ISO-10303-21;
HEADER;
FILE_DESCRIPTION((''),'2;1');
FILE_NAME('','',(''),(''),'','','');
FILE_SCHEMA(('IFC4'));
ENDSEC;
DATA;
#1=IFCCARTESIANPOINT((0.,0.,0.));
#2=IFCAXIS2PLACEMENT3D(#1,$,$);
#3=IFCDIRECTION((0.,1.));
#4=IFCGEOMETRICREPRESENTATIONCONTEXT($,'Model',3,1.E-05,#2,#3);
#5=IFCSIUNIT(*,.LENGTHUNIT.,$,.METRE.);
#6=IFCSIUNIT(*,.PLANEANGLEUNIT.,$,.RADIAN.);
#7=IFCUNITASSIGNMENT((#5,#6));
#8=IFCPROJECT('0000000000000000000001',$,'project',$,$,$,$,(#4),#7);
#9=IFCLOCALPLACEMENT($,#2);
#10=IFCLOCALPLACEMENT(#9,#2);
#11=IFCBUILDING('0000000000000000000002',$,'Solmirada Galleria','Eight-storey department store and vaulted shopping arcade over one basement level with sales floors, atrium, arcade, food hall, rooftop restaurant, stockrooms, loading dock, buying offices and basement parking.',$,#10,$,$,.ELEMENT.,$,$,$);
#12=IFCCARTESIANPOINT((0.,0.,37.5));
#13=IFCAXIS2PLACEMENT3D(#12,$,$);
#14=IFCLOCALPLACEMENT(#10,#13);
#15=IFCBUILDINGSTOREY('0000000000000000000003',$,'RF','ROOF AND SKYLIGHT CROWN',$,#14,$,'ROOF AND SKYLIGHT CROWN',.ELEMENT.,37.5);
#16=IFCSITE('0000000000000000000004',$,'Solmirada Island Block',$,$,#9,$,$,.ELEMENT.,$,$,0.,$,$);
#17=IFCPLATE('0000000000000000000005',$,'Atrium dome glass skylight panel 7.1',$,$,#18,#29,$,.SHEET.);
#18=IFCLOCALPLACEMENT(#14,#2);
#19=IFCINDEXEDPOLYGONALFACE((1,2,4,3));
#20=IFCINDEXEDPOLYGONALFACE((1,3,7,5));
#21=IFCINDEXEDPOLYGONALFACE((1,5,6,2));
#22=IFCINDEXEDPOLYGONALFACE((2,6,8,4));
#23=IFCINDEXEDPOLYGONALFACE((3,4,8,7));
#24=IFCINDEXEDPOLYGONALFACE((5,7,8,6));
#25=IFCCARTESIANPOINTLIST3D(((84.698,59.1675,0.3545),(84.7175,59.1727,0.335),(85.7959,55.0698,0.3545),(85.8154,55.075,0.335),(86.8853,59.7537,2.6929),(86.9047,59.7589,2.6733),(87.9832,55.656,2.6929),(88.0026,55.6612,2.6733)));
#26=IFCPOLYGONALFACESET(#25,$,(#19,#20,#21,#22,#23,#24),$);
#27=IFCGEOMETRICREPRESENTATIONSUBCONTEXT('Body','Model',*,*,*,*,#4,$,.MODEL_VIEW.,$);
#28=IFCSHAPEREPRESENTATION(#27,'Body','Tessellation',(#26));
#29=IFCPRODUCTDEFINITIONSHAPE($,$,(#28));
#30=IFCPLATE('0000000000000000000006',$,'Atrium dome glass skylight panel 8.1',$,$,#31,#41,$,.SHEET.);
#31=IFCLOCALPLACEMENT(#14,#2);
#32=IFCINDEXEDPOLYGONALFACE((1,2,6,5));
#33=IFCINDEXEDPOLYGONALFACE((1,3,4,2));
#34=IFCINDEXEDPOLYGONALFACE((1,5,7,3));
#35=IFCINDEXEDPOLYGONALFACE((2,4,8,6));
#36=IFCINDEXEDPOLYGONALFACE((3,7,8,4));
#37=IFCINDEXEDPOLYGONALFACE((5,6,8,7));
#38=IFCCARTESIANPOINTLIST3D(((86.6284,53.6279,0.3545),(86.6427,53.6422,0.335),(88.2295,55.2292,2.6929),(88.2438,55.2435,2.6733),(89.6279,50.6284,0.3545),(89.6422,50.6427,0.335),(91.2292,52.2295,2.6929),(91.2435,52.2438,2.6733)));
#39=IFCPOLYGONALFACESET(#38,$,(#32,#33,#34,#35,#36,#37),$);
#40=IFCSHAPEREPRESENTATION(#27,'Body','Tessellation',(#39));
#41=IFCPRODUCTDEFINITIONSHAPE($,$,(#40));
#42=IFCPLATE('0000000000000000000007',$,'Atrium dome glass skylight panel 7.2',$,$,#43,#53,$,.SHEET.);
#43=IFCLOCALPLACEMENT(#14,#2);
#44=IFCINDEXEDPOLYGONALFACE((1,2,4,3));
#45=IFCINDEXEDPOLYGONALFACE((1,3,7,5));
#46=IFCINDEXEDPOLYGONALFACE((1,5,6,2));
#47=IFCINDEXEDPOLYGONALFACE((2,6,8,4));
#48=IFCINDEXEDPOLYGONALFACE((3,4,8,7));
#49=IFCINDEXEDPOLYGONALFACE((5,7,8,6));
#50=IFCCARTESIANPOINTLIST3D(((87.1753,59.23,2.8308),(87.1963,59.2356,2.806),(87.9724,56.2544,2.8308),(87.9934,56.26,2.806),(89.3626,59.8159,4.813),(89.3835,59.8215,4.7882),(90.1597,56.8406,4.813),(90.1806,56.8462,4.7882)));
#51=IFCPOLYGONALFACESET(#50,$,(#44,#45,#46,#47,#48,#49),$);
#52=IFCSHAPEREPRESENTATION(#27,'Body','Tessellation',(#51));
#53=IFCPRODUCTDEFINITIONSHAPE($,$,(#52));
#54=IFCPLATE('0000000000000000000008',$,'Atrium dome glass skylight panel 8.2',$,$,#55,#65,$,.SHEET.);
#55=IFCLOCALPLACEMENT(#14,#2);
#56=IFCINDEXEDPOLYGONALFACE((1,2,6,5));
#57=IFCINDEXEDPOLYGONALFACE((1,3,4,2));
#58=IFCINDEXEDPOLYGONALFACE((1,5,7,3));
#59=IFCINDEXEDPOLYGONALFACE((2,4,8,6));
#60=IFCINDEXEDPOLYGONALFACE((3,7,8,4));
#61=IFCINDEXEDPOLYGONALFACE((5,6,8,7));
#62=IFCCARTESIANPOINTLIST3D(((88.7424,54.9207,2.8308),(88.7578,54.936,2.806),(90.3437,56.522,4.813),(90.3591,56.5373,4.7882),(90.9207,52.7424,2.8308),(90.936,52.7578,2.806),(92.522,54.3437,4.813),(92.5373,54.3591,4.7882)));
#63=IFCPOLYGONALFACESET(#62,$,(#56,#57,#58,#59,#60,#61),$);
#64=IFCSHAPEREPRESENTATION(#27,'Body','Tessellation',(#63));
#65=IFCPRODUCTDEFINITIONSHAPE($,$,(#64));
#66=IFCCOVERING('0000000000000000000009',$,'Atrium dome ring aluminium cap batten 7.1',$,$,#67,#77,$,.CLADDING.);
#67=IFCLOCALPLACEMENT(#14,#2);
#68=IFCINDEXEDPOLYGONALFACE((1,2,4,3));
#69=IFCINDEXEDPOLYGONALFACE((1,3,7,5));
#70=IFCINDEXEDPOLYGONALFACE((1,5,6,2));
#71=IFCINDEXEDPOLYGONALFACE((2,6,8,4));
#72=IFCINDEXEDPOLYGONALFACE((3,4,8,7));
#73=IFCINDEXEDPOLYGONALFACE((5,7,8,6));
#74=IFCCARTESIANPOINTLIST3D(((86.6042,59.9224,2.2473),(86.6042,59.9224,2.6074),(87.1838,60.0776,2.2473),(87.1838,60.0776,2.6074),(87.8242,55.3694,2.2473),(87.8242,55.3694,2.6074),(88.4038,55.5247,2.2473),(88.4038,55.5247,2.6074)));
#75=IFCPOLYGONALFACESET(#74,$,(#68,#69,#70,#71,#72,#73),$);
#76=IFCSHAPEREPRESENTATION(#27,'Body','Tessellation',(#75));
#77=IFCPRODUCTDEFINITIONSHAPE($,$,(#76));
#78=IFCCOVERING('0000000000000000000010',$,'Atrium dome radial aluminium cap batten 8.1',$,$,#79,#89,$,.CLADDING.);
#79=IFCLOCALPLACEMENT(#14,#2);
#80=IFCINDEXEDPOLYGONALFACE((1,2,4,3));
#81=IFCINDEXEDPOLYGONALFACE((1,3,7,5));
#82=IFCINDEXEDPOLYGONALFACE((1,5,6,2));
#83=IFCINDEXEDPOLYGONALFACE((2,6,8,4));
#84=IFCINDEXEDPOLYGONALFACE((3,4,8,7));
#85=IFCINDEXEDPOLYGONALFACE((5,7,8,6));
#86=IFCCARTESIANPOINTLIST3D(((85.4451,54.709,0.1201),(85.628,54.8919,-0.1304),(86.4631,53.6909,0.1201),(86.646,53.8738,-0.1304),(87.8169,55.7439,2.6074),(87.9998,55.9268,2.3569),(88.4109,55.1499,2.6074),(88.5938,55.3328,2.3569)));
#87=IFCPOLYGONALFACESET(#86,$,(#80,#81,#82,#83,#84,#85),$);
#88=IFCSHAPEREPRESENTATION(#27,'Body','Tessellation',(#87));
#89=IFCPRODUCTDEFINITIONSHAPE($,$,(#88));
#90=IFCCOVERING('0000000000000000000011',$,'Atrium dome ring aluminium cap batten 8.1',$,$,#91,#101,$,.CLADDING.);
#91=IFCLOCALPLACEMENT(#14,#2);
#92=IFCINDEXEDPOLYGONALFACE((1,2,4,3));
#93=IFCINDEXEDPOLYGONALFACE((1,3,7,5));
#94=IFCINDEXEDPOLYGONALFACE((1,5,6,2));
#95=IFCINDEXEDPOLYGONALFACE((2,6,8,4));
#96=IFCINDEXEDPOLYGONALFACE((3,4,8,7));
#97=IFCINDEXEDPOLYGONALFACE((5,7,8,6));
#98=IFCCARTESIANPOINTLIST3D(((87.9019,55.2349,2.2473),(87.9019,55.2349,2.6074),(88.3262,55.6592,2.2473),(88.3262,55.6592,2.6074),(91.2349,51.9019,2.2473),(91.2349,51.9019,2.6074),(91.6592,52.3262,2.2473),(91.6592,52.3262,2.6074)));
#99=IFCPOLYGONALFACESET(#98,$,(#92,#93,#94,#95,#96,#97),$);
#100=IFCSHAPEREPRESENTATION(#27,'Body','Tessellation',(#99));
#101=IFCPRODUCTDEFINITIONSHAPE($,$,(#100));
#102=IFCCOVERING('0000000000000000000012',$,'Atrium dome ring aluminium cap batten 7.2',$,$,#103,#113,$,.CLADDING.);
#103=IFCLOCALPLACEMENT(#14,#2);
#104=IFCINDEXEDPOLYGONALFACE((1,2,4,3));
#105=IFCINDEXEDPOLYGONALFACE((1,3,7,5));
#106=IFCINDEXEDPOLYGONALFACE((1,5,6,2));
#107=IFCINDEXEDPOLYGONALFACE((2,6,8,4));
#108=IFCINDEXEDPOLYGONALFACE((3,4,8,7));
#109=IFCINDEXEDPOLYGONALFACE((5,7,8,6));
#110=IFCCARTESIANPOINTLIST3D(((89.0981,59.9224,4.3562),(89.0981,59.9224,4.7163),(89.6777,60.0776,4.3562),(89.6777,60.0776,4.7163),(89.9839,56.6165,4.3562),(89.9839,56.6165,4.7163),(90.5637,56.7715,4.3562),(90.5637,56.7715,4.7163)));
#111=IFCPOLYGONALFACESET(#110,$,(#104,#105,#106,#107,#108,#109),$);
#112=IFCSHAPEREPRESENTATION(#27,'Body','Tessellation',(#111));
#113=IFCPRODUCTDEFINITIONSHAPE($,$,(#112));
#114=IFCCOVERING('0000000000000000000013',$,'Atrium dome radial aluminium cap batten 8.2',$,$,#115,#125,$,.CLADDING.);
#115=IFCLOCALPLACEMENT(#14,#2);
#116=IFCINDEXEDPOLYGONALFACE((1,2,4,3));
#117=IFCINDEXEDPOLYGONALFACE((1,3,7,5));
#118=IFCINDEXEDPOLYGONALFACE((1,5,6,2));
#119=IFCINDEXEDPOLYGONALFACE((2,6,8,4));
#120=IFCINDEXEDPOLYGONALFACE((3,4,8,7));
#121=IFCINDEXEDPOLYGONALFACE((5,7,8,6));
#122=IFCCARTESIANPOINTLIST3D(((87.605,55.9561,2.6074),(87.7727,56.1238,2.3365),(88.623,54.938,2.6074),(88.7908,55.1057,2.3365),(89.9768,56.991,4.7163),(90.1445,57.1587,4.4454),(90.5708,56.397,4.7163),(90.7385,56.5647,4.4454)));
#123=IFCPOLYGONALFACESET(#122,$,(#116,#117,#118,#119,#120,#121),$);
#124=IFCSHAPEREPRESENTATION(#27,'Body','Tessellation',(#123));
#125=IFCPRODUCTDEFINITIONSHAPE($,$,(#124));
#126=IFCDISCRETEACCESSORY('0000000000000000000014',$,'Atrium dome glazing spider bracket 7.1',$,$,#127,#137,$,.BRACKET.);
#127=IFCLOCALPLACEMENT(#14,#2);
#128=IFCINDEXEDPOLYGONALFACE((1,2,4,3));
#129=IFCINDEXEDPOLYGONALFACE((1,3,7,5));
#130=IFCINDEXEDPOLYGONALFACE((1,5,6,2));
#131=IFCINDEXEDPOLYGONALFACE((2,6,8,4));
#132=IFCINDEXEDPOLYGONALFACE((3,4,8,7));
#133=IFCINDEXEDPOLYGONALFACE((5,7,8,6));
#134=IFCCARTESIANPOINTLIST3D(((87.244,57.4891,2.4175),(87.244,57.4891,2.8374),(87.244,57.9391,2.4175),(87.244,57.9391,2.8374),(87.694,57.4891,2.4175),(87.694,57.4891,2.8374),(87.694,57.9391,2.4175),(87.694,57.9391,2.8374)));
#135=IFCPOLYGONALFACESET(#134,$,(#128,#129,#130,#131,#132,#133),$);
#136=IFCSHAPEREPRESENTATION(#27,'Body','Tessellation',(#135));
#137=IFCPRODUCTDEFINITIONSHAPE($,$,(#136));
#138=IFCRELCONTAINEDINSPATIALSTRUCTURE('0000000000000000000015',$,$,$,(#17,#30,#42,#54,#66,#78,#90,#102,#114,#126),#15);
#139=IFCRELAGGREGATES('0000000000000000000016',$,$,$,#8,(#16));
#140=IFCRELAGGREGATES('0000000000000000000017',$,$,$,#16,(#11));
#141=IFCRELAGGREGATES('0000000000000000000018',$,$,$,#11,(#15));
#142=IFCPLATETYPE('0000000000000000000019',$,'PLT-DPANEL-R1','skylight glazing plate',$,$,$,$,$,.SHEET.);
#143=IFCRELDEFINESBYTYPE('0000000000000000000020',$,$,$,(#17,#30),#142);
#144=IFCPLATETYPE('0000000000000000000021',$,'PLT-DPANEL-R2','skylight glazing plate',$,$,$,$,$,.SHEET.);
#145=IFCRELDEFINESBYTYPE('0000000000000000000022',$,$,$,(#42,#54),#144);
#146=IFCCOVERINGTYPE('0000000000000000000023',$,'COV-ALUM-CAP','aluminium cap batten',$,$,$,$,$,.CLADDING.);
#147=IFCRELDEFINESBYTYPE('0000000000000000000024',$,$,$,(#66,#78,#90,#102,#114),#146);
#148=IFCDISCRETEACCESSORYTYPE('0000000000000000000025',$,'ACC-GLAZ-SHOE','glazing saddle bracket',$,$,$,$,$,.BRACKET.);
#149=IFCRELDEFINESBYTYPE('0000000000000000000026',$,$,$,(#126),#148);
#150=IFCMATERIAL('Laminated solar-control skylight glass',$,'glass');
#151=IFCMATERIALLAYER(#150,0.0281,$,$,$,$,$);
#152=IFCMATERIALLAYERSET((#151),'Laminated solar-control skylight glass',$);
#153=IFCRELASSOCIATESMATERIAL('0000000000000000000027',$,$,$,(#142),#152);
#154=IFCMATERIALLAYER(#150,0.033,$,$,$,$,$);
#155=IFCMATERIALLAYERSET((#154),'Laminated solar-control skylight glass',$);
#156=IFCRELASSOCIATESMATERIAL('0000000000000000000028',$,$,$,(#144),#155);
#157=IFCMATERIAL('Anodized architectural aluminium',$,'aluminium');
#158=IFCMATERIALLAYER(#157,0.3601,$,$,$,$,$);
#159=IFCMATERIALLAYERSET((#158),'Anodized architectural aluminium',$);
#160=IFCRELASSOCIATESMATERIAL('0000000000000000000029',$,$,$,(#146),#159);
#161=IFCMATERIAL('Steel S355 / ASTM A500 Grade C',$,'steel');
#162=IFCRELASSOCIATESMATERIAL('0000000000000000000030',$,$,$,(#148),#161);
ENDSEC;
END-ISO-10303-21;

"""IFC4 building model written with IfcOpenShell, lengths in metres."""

from ifc_helpers import new_model, si_unit, direction, frame, origin, origin_2d, place, context, subcontext, project, spatial, polyline, rectangle, outline, extrude, material, layer, layer_set, type_object, element, save


model = new_model("IFC4")

# Units and contexts
model_context = context("Model", 3, precision=1e-05, world=origin(), true_north=direction((0.0, 1.0)))
body_context = subcontext(model_context, "Body", "Model", "MODEL_VIEW")
ifc_project = project(units=[si_unit("LENGTHUNIT", "METRE"), si_unit("PLANEANGLEUNIT", "RADIAN")], contexts=[model_context])

# Site, building, storey
site_placement = place(None, origin())
site = spatial("IfcSite", under=ifc_project, at=site_placement, Name="Solmirada Island Block", CompositionType="ELEMENT", RefElevation=0.0)
building_placement = place(site_placement, origin())
building = spatial("IfcBuilding", under=site, at=building_placement, Name="Solmirada Galleria", Description="Eight-storey department store and vaulted shopping arcade over one basement level with sales floors, atrium, arcade, food hall, rooftop restaurant, stockrooms, loading dock, buying offices and basement parking.", CompositionType="ELEMENT")
storey_placement = place(building_placement, frame((0.0, 0.0, 37.5)))
storey = spatial("IfcBuildingStorey", under=building, at=storey_placement, Name="RF", Description="ROOF AND SKYLIGHT CROWN", LongName="ROOF AND SKYLIGHT CROWN", CompositionType="ELEMENT", Elevation=37.5)

# Shared definitions
ifc_material_1 = material(Name="Steel S355 / ASTM A500 Grade C", Category="steel")

# Plates
ifc_material_2 = material(Name="Laminated solar-control skylight glass", Category="glass")
ifc_layer_1 = layer(ifc_material_2, 0.0281)
ifc_layer_set_1 = layer_set([ifc_layer_1], Name="Laminated solar-control skylight glass")
plate_type_1 = type_object("IfcPlateType", Name="PLT-DPANEL-R1", Description="skylight glazing plate", PredefinedType="SHEET", material=ifc_layer_set_1)
plate_1_placement = place(storey_placement, frame((84.698, 59.1675, 0.3545), z_axis=(-0.693897, -0.185919, 0.695658), x_axis=(0.258805, -0.96593, 0.0)))
element("IfcPlate", 1, at=plate_1_placement, inside=storey, type_object=plate_type_1, Name="Atrium dome glass skylight panel 7.1", PredefinedType="SHEET", context=body_context, shape_type="SweptSolid", body=[
    extrude(outline(polyline([(0.0, 0.0), (4.2422, 0.0), (4.2421, 3.2551), (-0.0001, 3.2551), (0.0, 0.0)])), origin(), (0.0, 0.0, -1.0), 0.0281),
])
plate_2_placement = place(storey_placement, frame((86.6284, 53.6279, 0.3545), z_axis=(-0.507967, -0.507967, 0.695657), x_axis=(0.707107, -0.707107, 0.0)))
element("IfcPlate", 2, at=plate_2_placement, inside=storey, type_object=plate_type_1, Name="Atrium dome glass skylight panel 8.1", PredefinedType="SHEET", context=body_context, shape_type="SweptSolid", body=[
    extrude(outline(polyline([(0.0, 0.0), (4.242, 0.0), (4.2421, 3.2551), (-0.0002, 3.2551), (0.0, 0.0)])), origin(), (0.0, 0.0, -1.0), 0.0281),
])
ifc_layer_2 = layer(ifc_material_2, 0.033)
ifc_layer_set_2 = layer_set([ifc_layer_2], Name="Laminated solar-control skylight glass")
plate_type_2 = type_object("IfcPlateType", Name="PLT-DPANEL-R2", Description="skylight glazing plate", PredefinedType="SHEET", material=ifc_layer_set_2)
plate_3_placement = place(storey_placement, frame((87.1753, 59.23, 2.8308), z_axis=(-0.636224, -0.170443, 0.752442), x_axis=(0.258767, -0.96594, -0.000005)))
element("IfcPlate", 3, at=plate_3_placement, inside=storey, type_object=plate_type_2, Name="Atrium dome glass skylight panel 7.2", PredefinedType="SHEET", context=body_context, shape_type="SweptSolid", body=[
    extrude(outline(polyline([(0.0, 0.0), (3.0805, 0.0), (3.0803, 3.0094), (0.0, 3.0094), (0.0, 0.0)])), origin(), (0.0, 0.0, -1.0), 0.033),
])
plate_4_placement = place(storey_placement, frame((88.7424, 54.9207, 2.8308), z_axis=(-0.465719, -0.465719, 0.75247), x_axis=(0.707107, -0.707107, 0.0)))
element("IfcPlate", 4, at=plate_4_placement, inside=storey, type_object=plate_type_2, Name="Atrium dome glass skylight panel 8.2", PredefinedType="SHEET", context=body_context, shape_type="SweptSolid", body=[
    extrude(outline(polyline([(0.0, 0.0), (3.0805, 0.0), (3.0805, 3.0096), (0.0, 3.0096), (0.0, 0.0)])), origin(), (0.0, 0.0, -1.0), 0.033),
])

# Coverings
ifc_material_3 = material(Name="Anodized architectural aluminium", Category="aluminium")
ifc_layer_3 = layer(ifc_material_3, 0.3601)
ifc_layer_set_3 = layer_set([ifc_layer_3], Name="Anodized architectural aluminium")
covering_type = type_object("IfcCoveringType", Name="COV-ALUM-CAP", Description="aluminium cap batten", PredefinedType="CLADDING", material=ifc_layer_set_3)
covering_1_placement = place(storey_placement, frame((86.6042, 59.9224, 2.6074), z_axis=(0.0, 0.0, 1.0), x_axis=(0.965937, 0.258777, 0.0)))
element("IfcCovering", 5, at=covering_1_placement, inside=storey, type_object=covering_type, Name="Atrium dome ring aluminium cap batten 7.1", PredefinedType="CLADDING", context=body_context, shape_type="SweptSolid", body=[
    extrude(outline(polyline([(0.0, 0.0), (0.6, 0.0), (0.6002, -4.7136), (0.0002, -4.7136), (0.0, 0.0)])), origin(), (0.0, 0.0, -1.0), 0.3601),
])
covering_2_placement = place(storey_placement, frame((85.4451, 54.709, 0.1201), z_axis=(-0.507939, -0.507939, 0.695699), x_axis=(0.707107, -0.707107, 0.0)))
element("IfcCovering", 6, at=covering_2_placement, inside=storey, type_object=covering_type, Name="Atrium dome radial aluminium cap batten 8.1", PredefinedType="CLADDING", context=body_context, shape_type="SweptSolid", body=[
    extrude(outline(polyline([(0.0, 0.0), (1.4398, 0.0), (1.7854, 3.4626), (0.9453, 3.4626), (0.0, 0.0)])), origin(), (0.0, 0.0, -1.0), 0.3601),
])
covering_3_placement = place(storey_placement, frame((87.9019, 55.2349, 2.6074), z_axis=(0.0, 0.0, 1.0), x_axis=(0.707107, 0.707107, 0.0)))
element("IfcCovering", 7, at=covering_3_placement, inside=storey, type_object=covering_type, Name="Atrium dome ring aluminium cap batten 8.1", PredefinedType="CLADDING", context=body_context, shape_type="SweptSolid", body=[
    extrude(outline(polyline([(0.0, 0.0), (0.6001, 0.0), (0.6001, -4.7136), (0.0, -4.7136), (0.0, 0.0)])), origin(), (0.0, 0.0, -1.0), 0.3601),
])
covering_4_placement = place(storey_placement, frame((89.0981, 59.9224, 4.7163), z_axis=(0.0, 0.0, 1.0), x_axis=(0.965937, 0.258777, 0.0)))
element("IfcCovering", 8, at=covering_4_placement, inside=storey, type_object=covering_type, Name="Atrium dome ring aluminium cap batten 7.2", PredefinedType="CLADDING", context=body_context, shape_type="SweptSolid", body=[
    extrude(outline(polyline([(0.0, 0.0), (0.6, 0.0), (0.6003, -3.4228), (0.0001, -3.4225), (0.0, 0.0)])), origin(), (0.0, 0.0, -1.0), 0.3601),
])
covering_5_placement = place(storey_placement, frame((87.605, 55.9561, 2.6074), z_axis=(-0.465768, -0.465768, 0.75241), x_axis=(0.707107, -0.707107, 0.0)))
element("IfcCovering", 9, at=covering_5_placement, inside=storey, type_object=covering_type, Name="Atrium dome radial aluminium cap batten 8.2", PredefinedType="CLADDING", context=body_context, shape_type="SweptSolid", body=[
    extrude(outline(polyline([(0.0, 0.0), (1.4398, 0.0), (1.7854, 3.2016), (0.9453, 3.2016), (0.0, 0.0)])), origin(), (0.0, 0.0, -1.0), 0.3601),
])

# Discrete accessory
discrete_accessory_type = type_object("IfcDiscreteAccessoryType", Name="ACC-GLAZ-SHOE", Description="glazing saddle bracket", PredefinedType="BRACKET", material=ifc_material_1)
discrete_accessory_placement = place(storey_placement, frame((87.469, 57.7141, 2.4175), z_axis=(0.0, 0.0, 1.0), x_axis=(1.0, 0.0, 0.0)))
element("IfcDiscreteAccessory", 10, at=discrete_accessory_placement, inside=storey, type_object=discrete_accessory_type, Name="Atrium dome glazing spider bracket 7.1", PredefinedType="BRACKET", context=body_context, shape_type="SweptSolid", body=[
    extrude(rectangle(XDim=0.45, YDim=0.45, at=origin_2d()), origin(), (0.0, 0.0, 1.0), 0.4199),
])

save(model, "model.ifc")
